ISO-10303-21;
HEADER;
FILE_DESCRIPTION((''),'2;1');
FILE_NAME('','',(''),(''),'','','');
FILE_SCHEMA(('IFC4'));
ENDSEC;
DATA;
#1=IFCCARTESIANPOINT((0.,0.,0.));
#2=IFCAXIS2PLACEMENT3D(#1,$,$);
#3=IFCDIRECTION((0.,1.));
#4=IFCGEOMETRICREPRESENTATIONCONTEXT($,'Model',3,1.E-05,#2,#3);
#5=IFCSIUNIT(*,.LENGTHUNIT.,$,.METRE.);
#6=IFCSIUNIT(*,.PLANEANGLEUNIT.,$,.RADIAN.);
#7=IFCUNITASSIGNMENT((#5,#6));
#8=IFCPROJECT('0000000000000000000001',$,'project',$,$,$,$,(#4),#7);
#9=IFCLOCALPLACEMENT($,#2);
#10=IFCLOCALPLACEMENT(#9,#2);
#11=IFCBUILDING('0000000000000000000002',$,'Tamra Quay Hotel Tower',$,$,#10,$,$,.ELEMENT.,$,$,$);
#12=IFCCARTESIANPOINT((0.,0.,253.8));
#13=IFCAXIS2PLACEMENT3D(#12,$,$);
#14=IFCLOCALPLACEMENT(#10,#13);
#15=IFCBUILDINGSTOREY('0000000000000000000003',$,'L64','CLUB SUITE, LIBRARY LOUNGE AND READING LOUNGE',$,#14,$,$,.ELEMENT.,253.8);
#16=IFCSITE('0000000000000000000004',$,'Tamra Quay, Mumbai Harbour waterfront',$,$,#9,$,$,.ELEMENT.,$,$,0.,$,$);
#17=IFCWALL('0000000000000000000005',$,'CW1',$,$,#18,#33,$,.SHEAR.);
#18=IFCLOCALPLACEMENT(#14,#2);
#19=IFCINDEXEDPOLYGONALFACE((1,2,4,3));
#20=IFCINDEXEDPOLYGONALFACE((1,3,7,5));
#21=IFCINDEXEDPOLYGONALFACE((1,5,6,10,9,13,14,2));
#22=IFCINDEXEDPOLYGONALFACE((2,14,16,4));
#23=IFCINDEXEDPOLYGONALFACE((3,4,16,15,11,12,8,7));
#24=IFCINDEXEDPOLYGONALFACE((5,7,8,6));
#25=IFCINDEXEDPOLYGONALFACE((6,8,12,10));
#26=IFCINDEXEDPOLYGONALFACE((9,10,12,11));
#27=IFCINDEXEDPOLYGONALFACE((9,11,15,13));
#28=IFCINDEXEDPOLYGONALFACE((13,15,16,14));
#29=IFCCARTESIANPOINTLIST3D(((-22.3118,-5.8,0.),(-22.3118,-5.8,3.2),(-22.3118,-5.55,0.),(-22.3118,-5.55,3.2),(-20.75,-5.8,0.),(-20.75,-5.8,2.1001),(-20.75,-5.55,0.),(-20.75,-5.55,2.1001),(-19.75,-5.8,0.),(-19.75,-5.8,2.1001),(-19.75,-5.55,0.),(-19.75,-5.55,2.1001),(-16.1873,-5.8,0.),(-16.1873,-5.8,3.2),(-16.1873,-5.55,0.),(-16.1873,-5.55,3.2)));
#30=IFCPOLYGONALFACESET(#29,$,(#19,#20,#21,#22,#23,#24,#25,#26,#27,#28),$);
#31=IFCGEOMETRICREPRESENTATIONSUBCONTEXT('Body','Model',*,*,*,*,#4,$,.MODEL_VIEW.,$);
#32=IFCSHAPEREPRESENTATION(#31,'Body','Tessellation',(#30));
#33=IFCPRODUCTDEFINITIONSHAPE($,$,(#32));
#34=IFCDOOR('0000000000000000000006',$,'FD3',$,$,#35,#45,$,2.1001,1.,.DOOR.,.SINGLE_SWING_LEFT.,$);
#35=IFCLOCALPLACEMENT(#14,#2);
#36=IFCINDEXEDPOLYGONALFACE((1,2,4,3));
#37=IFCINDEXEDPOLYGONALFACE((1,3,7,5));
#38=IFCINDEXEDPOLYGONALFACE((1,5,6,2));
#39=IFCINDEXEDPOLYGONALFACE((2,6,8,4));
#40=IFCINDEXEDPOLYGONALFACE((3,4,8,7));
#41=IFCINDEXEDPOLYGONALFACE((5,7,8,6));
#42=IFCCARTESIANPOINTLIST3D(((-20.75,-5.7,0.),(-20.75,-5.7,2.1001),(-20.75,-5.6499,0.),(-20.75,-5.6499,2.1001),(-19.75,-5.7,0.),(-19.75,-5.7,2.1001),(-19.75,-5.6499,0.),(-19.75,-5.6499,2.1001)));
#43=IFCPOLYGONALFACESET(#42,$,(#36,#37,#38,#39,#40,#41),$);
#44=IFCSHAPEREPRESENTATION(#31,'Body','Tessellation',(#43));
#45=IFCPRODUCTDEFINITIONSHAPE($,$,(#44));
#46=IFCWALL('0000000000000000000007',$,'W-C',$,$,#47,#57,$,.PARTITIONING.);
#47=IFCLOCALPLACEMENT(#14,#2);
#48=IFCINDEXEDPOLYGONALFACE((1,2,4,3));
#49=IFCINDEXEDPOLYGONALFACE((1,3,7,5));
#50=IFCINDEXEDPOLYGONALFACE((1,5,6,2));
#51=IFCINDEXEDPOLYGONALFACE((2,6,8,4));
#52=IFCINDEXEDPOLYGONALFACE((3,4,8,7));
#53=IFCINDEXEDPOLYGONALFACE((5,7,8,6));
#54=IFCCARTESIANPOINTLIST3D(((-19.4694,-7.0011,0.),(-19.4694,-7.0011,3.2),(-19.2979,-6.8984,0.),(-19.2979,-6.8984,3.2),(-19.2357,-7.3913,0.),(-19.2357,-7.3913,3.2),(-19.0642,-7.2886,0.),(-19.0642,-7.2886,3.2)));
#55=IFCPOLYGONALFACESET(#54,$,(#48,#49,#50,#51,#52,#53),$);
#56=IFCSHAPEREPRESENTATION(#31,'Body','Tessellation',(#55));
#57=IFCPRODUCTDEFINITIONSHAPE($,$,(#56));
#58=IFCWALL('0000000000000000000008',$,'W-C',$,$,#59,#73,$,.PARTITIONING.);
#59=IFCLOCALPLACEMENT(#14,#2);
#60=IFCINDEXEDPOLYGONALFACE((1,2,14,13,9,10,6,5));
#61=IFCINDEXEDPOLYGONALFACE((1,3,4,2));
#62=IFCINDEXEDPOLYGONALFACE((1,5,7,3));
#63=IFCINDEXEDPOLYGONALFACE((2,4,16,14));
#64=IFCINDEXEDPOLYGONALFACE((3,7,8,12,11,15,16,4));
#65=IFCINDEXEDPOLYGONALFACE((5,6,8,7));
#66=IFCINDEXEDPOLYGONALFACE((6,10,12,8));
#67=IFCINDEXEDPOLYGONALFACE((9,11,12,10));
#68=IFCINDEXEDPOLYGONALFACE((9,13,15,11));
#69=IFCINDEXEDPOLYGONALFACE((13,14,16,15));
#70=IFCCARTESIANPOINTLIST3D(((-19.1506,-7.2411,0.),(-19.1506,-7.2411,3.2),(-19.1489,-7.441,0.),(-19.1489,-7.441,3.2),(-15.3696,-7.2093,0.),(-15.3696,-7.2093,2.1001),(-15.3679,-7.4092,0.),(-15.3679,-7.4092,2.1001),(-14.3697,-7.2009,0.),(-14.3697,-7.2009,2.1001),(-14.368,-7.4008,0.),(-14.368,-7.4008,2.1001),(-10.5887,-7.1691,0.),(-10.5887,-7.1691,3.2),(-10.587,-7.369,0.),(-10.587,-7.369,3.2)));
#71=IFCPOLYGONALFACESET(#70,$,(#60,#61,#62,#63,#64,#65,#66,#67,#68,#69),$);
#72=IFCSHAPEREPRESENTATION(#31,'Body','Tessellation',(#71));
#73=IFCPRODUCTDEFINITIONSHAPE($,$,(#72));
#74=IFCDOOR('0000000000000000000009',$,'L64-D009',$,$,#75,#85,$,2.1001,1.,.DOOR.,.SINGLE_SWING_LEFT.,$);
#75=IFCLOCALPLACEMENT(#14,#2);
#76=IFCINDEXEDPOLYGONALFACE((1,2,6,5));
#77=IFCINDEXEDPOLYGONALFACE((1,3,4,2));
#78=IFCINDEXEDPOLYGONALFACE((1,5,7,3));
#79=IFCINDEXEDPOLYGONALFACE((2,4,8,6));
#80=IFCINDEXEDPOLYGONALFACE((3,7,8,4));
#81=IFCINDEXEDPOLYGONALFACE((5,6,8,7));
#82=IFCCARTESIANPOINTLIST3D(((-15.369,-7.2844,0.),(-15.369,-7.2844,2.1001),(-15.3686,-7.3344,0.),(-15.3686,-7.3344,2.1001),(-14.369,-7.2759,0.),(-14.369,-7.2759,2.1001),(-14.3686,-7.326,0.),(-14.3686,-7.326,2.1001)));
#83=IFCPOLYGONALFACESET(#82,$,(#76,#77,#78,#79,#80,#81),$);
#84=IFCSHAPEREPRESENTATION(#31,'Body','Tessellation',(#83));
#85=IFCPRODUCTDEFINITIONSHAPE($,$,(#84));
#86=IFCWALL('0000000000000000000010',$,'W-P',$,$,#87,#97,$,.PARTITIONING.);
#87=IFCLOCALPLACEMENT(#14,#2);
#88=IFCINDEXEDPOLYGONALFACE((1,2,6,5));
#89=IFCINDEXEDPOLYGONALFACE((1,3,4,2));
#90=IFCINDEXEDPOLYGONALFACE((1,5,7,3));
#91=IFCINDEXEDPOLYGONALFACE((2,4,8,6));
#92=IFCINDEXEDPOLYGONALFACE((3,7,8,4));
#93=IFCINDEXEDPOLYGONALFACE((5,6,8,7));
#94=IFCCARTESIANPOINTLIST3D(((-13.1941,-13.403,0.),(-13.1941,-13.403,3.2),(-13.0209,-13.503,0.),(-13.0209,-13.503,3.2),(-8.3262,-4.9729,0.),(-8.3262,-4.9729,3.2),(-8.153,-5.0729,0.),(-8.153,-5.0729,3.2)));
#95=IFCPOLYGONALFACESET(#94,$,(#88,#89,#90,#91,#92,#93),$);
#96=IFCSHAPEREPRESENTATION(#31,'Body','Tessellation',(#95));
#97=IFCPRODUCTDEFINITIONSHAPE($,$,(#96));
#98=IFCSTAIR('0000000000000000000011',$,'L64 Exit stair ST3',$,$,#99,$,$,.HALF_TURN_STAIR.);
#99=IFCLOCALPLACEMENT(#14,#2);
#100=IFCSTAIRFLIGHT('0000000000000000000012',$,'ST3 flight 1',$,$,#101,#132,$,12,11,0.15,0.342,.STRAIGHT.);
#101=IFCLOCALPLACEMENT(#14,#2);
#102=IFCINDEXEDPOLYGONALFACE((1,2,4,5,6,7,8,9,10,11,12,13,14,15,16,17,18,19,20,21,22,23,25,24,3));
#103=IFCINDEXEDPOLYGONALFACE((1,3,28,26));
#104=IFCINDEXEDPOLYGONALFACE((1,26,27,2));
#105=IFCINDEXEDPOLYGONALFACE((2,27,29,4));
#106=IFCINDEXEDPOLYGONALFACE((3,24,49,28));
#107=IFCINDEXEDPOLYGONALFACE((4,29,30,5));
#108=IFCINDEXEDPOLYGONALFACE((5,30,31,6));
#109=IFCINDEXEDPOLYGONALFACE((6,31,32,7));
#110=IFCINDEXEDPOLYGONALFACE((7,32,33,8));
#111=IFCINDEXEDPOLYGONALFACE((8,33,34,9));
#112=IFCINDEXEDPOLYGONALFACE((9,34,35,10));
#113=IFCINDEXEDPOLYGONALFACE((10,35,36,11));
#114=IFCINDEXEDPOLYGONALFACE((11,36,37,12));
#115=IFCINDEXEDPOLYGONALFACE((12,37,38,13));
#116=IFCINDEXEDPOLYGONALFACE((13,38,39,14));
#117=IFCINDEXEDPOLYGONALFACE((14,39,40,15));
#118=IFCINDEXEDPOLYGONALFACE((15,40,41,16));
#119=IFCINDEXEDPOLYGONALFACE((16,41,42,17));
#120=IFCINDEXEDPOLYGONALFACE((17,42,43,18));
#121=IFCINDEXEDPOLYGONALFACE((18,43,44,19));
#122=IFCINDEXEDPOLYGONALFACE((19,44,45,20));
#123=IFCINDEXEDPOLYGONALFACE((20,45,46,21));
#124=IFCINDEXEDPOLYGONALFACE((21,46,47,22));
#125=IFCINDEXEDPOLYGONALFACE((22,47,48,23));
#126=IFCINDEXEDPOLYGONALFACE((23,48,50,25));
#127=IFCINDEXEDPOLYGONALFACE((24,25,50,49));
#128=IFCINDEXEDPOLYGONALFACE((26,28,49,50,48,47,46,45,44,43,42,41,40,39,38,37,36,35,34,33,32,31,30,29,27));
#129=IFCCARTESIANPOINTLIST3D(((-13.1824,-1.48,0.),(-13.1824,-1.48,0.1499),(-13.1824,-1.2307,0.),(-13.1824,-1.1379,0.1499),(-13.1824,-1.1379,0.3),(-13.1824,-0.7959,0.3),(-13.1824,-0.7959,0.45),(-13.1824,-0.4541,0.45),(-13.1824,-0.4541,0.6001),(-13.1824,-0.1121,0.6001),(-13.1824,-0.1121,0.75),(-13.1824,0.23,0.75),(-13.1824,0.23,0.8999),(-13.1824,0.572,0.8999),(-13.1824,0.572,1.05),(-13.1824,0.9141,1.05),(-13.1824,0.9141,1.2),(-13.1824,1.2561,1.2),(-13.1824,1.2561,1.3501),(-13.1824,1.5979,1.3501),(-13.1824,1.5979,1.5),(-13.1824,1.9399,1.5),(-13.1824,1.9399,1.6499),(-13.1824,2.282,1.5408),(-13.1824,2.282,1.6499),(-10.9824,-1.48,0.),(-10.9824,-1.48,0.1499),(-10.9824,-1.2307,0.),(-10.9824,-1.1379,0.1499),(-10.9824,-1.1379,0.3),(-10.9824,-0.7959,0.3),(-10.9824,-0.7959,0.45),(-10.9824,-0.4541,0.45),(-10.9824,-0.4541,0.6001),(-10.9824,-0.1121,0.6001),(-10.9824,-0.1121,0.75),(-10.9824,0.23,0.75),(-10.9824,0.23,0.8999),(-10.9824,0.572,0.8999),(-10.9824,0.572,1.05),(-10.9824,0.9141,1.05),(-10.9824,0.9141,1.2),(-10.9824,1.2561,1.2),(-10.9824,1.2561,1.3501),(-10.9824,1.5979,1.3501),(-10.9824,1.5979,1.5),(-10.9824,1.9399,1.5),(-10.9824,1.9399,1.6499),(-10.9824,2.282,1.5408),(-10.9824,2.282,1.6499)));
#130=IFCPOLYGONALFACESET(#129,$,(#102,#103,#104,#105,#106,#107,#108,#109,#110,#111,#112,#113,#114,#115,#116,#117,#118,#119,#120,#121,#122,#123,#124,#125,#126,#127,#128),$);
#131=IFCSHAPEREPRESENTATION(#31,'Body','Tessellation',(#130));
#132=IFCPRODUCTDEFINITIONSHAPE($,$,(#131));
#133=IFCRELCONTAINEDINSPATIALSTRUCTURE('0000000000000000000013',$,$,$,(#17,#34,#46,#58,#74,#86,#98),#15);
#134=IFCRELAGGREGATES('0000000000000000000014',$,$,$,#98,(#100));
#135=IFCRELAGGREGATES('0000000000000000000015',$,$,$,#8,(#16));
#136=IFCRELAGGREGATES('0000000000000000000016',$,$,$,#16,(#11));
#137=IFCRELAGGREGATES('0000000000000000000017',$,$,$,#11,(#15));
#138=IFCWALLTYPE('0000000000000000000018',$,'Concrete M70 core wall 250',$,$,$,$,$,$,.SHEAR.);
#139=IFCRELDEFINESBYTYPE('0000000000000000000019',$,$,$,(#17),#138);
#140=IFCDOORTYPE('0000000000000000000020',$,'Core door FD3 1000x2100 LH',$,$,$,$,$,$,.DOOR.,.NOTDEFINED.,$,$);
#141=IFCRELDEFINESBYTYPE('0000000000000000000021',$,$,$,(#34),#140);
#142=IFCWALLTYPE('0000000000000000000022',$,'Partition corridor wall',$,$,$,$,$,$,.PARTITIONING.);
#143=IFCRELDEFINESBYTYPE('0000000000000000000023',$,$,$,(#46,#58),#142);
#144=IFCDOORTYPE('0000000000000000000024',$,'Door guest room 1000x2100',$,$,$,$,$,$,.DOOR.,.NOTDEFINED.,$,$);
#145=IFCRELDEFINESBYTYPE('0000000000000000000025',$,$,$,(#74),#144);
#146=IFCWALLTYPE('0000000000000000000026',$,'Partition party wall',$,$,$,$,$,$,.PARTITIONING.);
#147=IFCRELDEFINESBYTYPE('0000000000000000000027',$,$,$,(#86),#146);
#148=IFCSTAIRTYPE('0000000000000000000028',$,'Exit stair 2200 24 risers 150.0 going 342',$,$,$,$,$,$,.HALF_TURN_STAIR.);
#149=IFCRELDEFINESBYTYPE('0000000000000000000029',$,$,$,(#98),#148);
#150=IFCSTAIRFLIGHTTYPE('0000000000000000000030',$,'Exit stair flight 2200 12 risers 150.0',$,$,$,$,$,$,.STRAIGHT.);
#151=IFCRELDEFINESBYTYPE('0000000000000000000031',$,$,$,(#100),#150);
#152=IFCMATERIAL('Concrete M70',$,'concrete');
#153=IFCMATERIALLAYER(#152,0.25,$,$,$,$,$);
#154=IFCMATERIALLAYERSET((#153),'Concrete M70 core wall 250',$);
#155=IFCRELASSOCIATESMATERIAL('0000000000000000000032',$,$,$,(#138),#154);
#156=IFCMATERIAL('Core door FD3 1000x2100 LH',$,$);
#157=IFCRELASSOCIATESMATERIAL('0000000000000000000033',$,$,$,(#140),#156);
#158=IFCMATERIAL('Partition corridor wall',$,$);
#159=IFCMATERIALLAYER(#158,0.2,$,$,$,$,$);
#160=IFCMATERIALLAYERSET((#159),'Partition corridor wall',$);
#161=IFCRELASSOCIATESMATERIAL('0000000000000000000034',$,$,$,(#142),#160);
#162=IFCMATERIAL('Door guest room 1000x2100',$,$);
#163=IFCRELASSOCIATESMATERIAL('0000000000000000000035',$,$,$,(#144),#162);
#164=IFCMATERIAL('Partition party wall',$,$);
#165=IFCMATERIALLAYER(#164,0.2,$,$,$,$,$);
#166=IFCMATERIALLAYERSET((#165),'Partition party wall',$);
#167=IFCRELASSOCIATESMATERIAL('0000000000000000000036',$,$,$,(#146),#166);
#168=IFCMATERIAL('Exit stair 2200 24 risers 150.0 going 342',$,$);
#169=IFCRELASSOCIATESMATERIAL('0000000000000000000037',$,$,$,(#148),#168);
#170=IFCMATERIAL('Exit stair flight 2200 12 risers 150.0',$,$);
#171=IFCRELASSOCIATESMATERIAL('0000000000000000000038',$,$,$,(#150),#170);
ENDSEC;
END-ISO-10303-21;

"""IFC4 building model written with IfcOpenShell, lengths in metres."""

from ifc_helpers import new_model, si_unit, direction, frame, frame_2d, origin, place, context, subcontext, project, spatial, polyline, rectangle, outline, extrude, material, layer, layer_set, type_object, element, fill, aggregate, save


model = new_model("IFC4")

# Units and contexts
model_context = context("Model", 3, precision=1e-05, world=origin(), true_north=direction((0.0, 1.0)))
body_context = subcontext(model_context, "Body", "Model", "MODEL_VIEW")
ifc_project = project(units=[si_unit("LENGTHUNIT", "METRE"), si_unit("PLANEANGLEUNIT", "RADIAN")], contexts=[model_context])

# Site, building, storey
site_placement = place(None, origin())
site = spatial("IfcSite", under=ifc_project, at=site_placement, Name="Tamra Quay, Mumbai Harbour waterfront", CompositionType="ELEMENT", RefElevation=0.0)
building_placement = place(site_placement, origin())
building = spatial("IfcBuilding", under=site, at=building_placement, Name="Tamra Quay Hotel Tower", CompositionType="ELEMENT")
storey_placement = place(building_placement, frame((0.0, 0.0, 253.8)))
storey = spatial("IfcBuildingStorey", under=building, at=storey_placement, Name="L64", Description="CLUB SUITE, LIBRARY LOUNGE AND READING LOUNGE", CompositionType="ELEMENT", Elevation=253.8)

# Shared definitions
ifc_material_1 = material(Name="Concrete M70", Category="concrete")

# Wall, opening, door
ifc_layer_1 = layer(ifc_material_1, 0.25)
ifc_layer_set_1 = layer_set([ifc_layer_1], Name="Concrete M70 core wall 250")
wall_type_1 = type_object("IfcWallType", Name="Concrete M70 core wall 250", PredefinedType="SHEAR", material=ifc_layer_set_1)
wall_1_placement = place(storey_placement, frame((-16.1873, -5.675, 0.0), z_axis=(0.0, 0.0, 1.0), x_axis=(-1.0, 0.0, 0.0)))
wall_1 = element("IfcWall", 1, at=wall_1_placement, inside=storey, type_object=wall_type_1, Name="CW1", PredefinedType="SHEAR", context=body_context, shape_type="SweptSolid", body=[
    extrude(rectangle(XDim=6.1245, YDim=0.25, at=frame_2d((3.0623, 0.0))), origin(), (0.0, 0.0, 1.0), 3.2),
])
opening_1_placement = place(wall_1_placement, frame((3.5627, 0.0, 0.0)))
opening_1 = element("IfcOpeningElement", 2, at=opening_1_placement, cuts=wall_1, PredefinedType="OPENING", context=body_context, shape_type="SweptSolid", body=[
    extrude(rectangle(XDim=1.0, YDim=2.1001, at=frame_2d((0.5, 1.05))), frame((0.0, 0.135, 0.0), z_axis=(0.0, -1.0, 0.0), x_axis=(1.0, 0.0, 0.0)), (0.0, 0.0, 1.0), 0.27),
])
ifc_material_2 = material(Name="Core door FD3 1000x2100 LH")
door_type_1 = type_object("IfcDoorType", Name="Core door FD3 1000x2100 LH", OperationType="NOTDEFINED", PredefinedType="DOOR", material=ifc_material_2)
door_1_placement = place(opening_1_placement, origin())
door_1 = element("IfcDoor", 3, at=door_1_placement, inside=storey, type_object=door_type_1, Name="FD3", OperationType="SINGLE_SWING_LEFT", OverallHeight=2.1001, OverallWidth=1.0, PredefinedType="DOOR", context=body_context, shape_type="SweptSolid", body=[
    extrude(rectangle(XDim=1.0, YDim=2.1001, at=frame_2d((0.5, 1.05))), frame((0.0, 0.0249, 0.0), z_axis=(0.0, -1.0, 0.0), x_axis=(1.0, 0.0, 0.0)), (0.0, 0.0, 1.0), 0.05),
])
fill(opening_1, door_1)

# Wall
ifc_material_3 = material(Name="Partition corridor wall")
ifc_layer_2 = layer(ifc_material_3, 0.2)
ifc_layer_set_2 = layer_set([ifc_layer_2], Name="Partition corridor wall")
wall_type_2 = type_object("IfcWallType", Name="Partition corridor wall", PredefinedType="PARTITIONING", material=ifc_layer_set_2)
wall_2_placement = place(storey_placement, frame((-19.1499, -7.3401, 0.0), z_axis=(0.0, 0.0, 1.0), x_axis=(-0.513785, 0.857919, 0.0)))
element("IfcWall", 4, at=wall_2_placement, inside=storey, type_object=wall_type_2, Name="W-C", PredefinedType="PARTITIONING", context=body_context, shape_type="SweptSolid", body=[
    extrude(rectangle(XDim=0.4548, YDim=0.2, at=frame_2d((0.2275, 0.0))), origin(), (0.0, 0.0, 1.0), 3.2),
])

# Wall, opening, door
wall_3_placement = place(storey_placement, frame((-19.1499, -7.3411, 0.0), z_axis=(0.0, 0.0, 1.0), x_axis=(0.999965, 0.008411, 0.0)))
wall_3 = element("IfcWall", 5, at=wall_3_placement, inside=storey, type_object=wall_type_2, Name="W-C", PredefinedType="PARTITIONING", context=body_context, shape_type="SweptSolid", body=[
    extrude(rectangle(XDim=8.5623, YDim=0.2, at=frame_2d((4.2812, 0.0))), origin(), (0.0, 0.0, 1.0), 3.2),
])
opening_2_placement = place(wall_3_placement, frame((3.7812, 0.0, 0.0)))
opening_2 = element("IfcOpeningElement", 6, at=opening_2_placement, cuts=wall_3, PredefinedType="OPENING", context=body_context, shape_type="SweptSolid", body=[
    extrude(rectangle(XDim=1.0, YDim=2.1001, at=frame_2d((0.5, 1.05))), frame((0.0, 0.1099, 0.0), z_axis=(0.0, -1.0, 0.0), x_axis=(1.0, 0.0, 0.0)), (0.0, 0.0, 1.0), 0.22),
])
ifc_material_4 = material(Name="Door guest room 1000x2100")
door_type_2 = type_object("IfcDoorType", Name="Door guest room 1000x2100", OperationType="NOTDEFINED", PredefinedType="DOOR", material=ifc_material_4)
door_2_placement = place(opening_2_placement, origin())
door_2 = element("IfcDoor", 7, at=door_2_placement, inside=storey, type_object=door_type_2, Name="L64-D009", OperationType="SINGLE_SWING_LEFT", OverallHeight=2.1001, OverallWidth=1.0, PredefinedType="DOOR", context=body_context, shape_type="SweptSolid", body=[
    extrude(rectangle(XDim=1.0, YDim=2.1001, at=frame_2d((0.5, 1.05))), frame((0.0, 0.0249, 0.0), z_axis=(0.0, -1.0, 0.0), x_axis=(1.0, 0.0, 0.0)), (0.0, 0.0, 1.0), 0.05),
])
fill(opening_2, door_2)

# Wall
ifc_material_5 = material(Name="Partition party wall")
ifc_layer_3 = layer(ifc_material_5, 0.2)
ifc_layer_set_3 = layer_set([ifc_layer_3], Name="Partition party wall")
wall_type_3 = type_object("IfcWallType", Name="Partition party wall", PredefinedType="PARTITIONING", material=ifc_layer_set_3)
wall_4_placement = place(storey_placement, frame((-13.1074, -13.4529, 0.0), z_axis=(0.0, 0.0, 1.0), x_axis=(0.500058, 0.865992, 0.0)))
element("IfcWall", 8, at=wall_4_placement, inside=storey, type_object=wall_type_3, Name="W-P", PredefinedType="PARTITIONING", context=body_context, shape_type="SweptSolid", body=[
    extrude(rectangle(XDim=9.7346, YDim=0.2, at=frame_2d((4.8672, 0.0))), origin(), (0.0, 0.0, 1.0), 3.2),
])

# Stair, stair flight
ifc_material_6 = material(Name="Exit stair 2200 24 risers 150.0 going 342")
stair_type = type_object("IfcStairType", Name="Exit stair 2200 24 risers 150.0 going 342", PredefinedType="HALF_TURN_STAIR", material=ifc_material_6)
stair_placement = place(storey_placement, origin())
stair = element("IfcStair", 9, at=stair_placement, inside=storey, type_object=stair_type, Name="L64 Exit stair ST3", PredefinedType="HALF_TURN_STAIR")
ifc_material_7 = material(Name="Exit stair flight 2200 12 risers 150.0")
stair_flight_type = type_object("IfcStairFlightType", Name="Exit stair flight 2200 12 risers 150.0", PredefinedType="STRAIGHT", material=ifc_material_7)
stair_flight_placement = place(storey_placement, frame((-12.0823, -1.48, 0.0), z_axis=(0.0, 0.0, 1.0), x_axis=(0.0, 1.0, 0.0)))
stair_flight = element("IfcStairFlight", 10, at=stair_flight_placement, type_object=stair_flight_type, Name="ST3 flight 1", NumberOfRisers=12, NumberOfTreads=11, PredefinedType="STRAIGHT", RiserHeight=0.15, TreadLength=0.342, context=body_context, shape_type="SweptSolid", body=[
    extrude(outline(polyline([(0.0, 0.0), (0.0, 0.1499), (0.342, 0.1499), (0.342, 0.3), (0.6841, 0.3), (0.6841, 0.45), (1.0259, 0.45), (1.0259, 0.6001), (1.3679, 0.6001), (1.3679, 0.75), (1.71, 0.75), (1.71, 0.8999), (2.052, 0.8999), (2.052, 1.05), (2.394, 1.05), (2.394, 1.2), (2.7361, 1.2), (2.7361, 1.3501), (3.0779, 1.3501), (3.0779, 1.5), (3.4199, 1.5), (3.4199, 1.6499), (3.762, 1.6499), (3.762, 1.8), (3.762, 1.5408), (0.2493, 0.0), (0.0, 0.0)])), frame((0.0, 1.1001, 0.0), z_axis=(0.0, -1.0, 0.0), x_axis=(1.0, 0.0, 0.0)), (0.0, 0.0, 1.0), 2.2),
])
aggregate(stair, [stair_flight])

save(model, "model.ifc")
